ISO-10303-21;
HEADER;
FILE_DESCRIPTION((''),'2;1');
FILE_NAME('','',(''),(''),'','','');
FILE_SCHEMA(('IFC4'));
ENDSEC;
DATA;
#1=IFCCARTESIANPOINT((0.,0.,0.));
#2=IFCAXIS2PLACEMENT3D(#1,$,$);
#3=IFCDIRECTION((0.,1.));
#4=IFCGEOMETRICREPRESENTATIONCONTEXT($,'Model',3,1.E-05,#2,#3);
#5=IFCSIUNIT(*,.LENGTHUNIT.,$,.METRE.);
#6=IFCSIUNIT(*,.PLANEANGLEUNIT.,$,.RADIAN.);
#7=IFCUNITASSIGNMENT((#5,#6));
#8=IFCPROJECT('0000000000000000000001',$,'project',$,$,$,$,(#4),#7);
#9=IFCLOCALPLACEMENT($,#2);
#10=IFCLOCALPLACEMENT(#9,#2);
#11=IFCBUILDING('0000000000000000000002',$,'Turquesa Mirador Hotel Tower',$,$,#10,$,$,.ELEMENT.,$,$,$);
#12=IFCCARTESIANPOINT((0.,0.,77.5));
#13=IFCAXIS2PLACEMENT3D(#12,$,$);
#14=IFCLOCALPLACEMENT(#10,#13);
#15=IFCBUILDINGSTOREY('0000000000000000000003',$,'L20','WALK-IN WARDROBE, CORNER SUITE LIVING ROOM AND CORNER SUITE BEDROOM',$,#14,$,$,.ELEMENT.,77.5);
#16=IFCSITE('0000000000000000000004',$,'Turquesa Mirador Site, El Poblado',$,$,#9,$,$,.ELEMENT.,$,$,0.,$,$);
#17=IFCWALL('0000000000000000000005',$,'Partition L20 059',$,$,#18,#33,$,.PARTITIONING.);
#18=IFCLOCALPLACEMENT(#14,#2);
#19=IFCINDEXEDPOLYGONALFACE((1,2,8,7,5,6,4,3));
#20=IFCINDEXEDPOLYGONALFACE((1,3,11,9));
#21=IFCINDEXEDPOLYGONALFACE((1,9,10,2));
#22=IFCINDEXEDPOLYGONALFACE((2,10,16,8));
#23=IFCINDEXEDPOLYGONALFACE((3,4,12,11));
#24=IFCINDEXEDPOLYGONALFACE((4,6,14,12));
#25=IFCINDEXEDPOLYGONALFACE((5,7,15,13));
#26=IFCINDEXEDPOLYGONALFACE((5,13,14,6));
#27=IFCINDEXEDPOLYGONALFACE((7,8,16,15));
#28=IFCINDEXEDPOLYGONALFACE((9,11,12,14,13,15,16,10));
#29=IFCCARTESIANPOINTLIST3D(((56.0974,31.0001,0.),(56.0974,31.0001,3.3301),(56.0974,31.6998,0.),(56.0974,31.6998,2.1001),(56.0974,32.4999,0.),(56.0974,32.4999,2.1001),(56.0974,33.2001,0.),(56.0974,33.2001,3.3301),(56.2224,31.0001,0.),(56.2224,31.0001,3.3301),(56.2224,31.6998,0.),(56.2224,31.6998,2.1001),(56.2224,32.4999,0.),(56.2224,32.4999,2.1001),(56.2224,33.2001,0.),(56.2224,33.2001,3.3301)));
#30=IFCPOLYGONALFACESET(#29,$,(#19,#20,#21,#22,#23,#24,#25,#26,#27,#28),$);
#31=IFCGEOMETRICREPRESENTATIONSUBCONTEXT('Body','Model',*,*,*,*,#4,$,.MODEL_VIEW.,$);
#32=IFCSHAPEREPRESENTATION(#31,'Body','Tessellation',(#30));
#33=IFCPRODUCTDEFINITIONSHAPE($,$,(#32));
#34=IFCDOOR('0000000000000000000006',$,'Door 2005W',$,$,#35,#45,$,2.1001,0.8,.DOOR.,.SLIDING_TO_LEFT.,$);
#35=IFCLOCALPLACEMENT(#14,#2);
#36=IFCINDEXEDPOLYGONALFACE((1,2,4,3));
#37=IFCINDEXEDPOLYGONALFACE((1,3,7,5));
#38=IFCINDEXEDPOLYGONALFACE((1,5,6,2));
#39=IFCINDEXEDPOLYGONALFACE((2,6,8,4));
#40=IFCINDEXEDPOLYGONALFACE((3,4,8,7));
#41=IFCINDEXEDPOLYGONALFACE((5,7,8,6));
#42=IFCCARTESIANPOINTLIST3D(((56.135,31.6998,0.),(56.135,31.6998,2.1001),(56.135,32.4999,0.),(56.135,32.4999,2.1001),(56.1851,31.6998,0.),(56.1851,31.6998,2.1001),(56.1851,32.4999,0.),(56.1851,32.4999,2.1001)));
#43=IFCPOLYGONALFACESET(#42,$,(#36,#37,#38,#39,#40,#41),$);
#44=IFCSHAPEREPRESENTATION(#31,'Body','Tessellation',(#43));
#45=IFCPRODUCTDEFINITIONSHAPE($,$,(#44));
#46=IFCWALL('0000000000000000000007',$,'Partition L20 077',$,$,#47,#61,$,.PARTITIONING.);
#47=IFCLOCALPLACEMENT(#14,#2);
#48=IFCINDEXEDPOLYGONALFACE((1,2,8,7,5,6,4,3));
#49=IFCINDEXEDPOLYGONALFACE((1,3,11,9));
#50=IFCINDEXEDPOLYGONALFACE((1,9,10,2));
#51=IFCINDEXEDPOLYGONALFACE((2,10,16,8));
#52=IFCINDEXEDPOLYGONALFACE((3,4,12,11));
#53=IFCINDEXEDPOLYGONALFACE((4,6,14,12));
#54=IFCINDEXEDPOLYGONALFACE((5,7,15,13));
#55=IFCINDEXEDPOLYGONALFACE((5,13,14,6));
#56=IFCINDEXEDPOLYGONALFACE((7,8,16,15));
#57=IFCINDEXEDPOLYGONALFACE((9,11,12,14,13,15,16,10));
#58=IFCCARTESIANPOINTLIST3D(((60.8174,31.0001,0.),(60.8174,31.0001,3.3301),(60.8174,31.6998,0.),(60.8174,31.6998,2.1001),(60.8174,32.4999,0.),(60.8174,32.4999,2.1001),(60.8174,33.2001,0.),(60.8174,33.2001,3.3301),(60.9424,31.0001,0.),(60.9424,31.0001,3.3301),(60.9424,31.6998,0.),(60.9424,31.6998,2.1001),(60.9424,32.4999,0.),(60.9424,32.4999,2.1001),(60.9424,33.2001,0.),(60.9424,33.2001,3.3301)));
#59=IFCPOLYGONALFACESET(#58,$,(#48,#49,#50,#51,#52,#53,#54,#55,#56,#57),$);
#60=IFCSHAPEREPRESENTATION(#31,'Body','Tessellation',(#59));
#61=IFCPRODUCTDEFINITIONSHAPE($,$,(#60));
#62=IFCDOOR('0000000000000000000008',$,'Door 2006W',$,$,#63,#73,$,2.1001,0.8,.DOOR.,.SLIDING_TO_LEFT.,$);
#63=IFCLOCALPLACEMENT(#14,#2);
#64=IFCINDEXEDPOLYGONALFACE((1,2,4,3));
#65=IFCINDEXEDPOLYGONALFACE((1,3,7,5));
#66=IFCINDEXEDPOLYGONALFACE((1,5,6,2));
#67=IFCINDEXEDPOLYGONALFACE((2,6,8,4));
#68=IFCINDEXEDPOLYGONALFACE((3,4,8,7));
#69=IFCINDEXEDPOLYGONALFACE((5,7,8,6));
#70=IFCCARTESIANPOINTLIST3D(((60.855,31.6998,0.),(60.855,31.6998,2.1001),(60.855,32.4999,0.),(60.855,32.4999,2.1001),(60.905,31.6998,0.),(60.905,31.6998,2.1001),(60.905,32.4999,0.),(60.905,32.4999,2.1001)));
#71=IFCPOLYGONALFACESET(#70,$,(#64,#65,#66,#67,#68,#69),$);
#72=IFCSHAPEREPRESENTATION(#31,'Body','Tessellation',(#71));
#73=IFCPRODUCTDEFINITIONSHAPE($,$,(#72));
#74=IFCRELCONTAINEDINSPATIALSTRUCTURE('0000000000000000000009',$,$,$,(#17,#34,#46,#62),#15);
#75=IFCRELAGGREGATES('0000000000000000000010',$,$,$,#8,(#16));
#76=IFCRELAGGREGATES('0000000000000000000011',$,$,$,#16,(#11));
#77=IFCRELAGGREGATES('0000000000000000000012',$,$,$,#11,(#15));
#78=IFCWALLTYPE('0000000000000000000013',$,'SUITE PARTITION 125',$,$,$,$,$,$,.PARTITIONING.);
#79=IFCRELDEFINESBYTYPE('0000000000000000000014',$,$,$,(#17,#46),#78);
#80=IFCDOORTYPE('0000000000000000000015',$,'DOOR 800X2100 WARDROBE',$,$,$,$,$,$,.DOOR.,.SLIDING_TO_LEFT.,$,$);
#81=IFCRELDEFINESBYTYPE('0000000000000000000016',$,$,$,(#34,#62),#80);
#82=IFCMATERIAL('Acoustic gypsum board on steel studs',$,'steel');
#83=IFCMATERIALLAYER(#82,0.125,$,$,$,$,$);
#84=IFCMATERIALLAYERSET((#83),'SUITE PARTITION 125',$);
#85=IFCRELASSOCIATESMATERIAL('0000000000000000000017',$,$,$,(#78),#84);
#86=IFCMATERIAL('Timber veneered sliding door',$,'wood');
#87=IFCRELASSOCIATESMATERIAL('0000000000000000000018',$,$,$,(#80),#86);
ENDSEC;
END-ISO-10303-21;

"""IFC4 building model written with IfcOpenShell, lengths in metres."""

from ifc_helpers import new_model, si_unit, direction, frame, frame_2d, origin, place, context, subcontext, project, spatial, rectangle, extrude, material, layer, layer_set, type_object, element, fill, save


model = new_model("IFC4")

# Units and contexts
model_context = context("Model", 3, precision=1e-05, world=origin(), true_north=direction((0.0, 1.0)))
body_context = subcontext(model_context, "Body", "Model", "MODEL_VIEW")
ifc_project = project(units=[si_unit("LENGTHUNIT", "METRE"), si_unit("PLANEANGLEUNIT", "RADIAN")], contexts=[model_context])

# Site, building, storey
site_placement = place(None, origin())
site = spatial("IfcSite", under=ifc_project, at=site_placement, Name="Turquesa Mirador Site, El Poblado", CompositionType="ELEMENT", RefElevation=0.0)
building_placement = place(site_placement, origin())
building = spatial("IfcBuilding", under=site, at=building_placement, Name="Turquesa Mirador Hotel Tower", CompositionType="ELEMENT")
storey_placement = place(building_placement, frame((0.0, 0.0, 77.5)))
storey = spatial("IfcBuildingStorey", under=building, at=storey_placement, Name="L20", Description="WALK-IN WARDROBE, CORNER SUITE LIVING ROOM AND CORNER SUITE BEDROOM", CompositionType="ELEMENT", Elevation=77.5)

# Shared definitions
ifc_material_1 = material(Name="Acoustic gypsum board on steel studs", Category="steel")
ifc_layer_1 = layer(ifc_material_1, 0.125)
ifc_layer_set_1 = layer_set([ifc_layer_1], Name="SUITE PARTITION 125")
wall_type_1 = type_object("IfcWallType", Name="SUITE PARTITION 125", PredefinedType="PARTITIONING", material=ifc_layer_set_1)

# Walls, openings, doors
wall_1_placement = place(storey_placement, frame((56.1599, 31.0, 0.0), z_axis=(0.0, 0.0, 1.0), x_axis=(0.0, 1.0, 0.0)))
wall_1 = element("IfcWall", 1, at=wall_1_placement, inside=storey, type_object=wall_type_1, Name="Partition L20 059", PredefinedType="PARTITIONING", context=body_context, shape_type="SweptSolid", body=[
    extrude(rectangle(XDim=2.2, YDim=0.125, at=frame_2d((1.1001, 0.0))), origin(), (0.0, 0.0, 1.0), 3.3301),
])
opening_1_placement = place(wall_1_placement, frame((0.7, 0.0, 0.0)))
opening_1 = element("IfcOpeningElement", 2, at=opening_1_placement, cuts=wall_1, PredefinedType="OPENING", context=body_context, shape_type="SweptSolid", body=[
    extrude(rectangle(XDim=0.8, YDim=2.1001, at=frame_2d((0.3999, 1.05))), frame((0.0, 0.0725, 0.0), z_axis=(0.0, -1.0, 0.0), x_axis=(1.0, 0.0, 0.0)), (0.0, 0.0, 1.0), 0.145),
])
ifc_material_2 = material(Name="Timber veneered sliding door", Category="wood")
door_type_1 = type_object("IfcDoorType", Name="DOOR 800X2100 WARDROBE", OperationType="SLIDING_TO_LEFT", PredefinedType="DOOR", material=ifc_material_2)
door_1_placement = place(opening_1_placement, origin())
door_1 = element("IfcDoor", 3, at=door_1_placement, inside=storey, type_object=door_type_1, Name="Door 2005W", OperationType="SLIDING_TO_LEFT", OverallHeight=2.1001, OverallWidth=0.8, PredefinedType="DOOR", context=body_context, shape_type="SweptSolid", body=[
    extrude(rectangle(XDim=0.8, YDim=2.1001, at=frame_2d((0.3999, 1.05))), frame((0.0, 0.0249, 0.0), z_axis=(0.0, -1.0, 0.0), x_axis=(1.0, 0.0, 0.0)), (0.0, 0.0, 1.0), 0.05),
])
fill(opening_1, door_1)
wall_2_placement = place(storey_placement, frame((60.8799, 31.0, 0.0), z_axis=(0.0, 0.0, 1.0), x_axis=(0.0, 1.0, 0.0)))
wall_2 = element("IfcWall", 4, at=wall_2_placement, inside=storey, type_object=wall_type_1, Name="Partition L20 077", PredefinedType="PARTITIONING", context=body_context, shape_type="SweptSolid", body=[
    extrude(rectangle(XDim=2.2, YDim=0.125, at=frame_2d((1.1001, 0.0))), origin(), (0.0, 0.0, 1.0), 3.3301),
])
opening_2_placement = place(wall_2_placement, frame((0.7, 0.0, 0.0)))
opening_2 = element("IfcOpeningElement", 5, at=opening_2_placement, cuts=wall_2, PredefinedType="OPENING", context=body_context, shape_type="SweptSolid", body=[
    extrude(rectangle(XDim=0.8, YDim=2.1001, at=frame_2d((0.3999, 1.05))), frame((0.0, 0.0725, 0.0), z_axis=(0.0, -1.0, 0.0), x_axis=(1.0, 0.0, 0.0)), (0.0, 0.0, 1.0), 0.145),
])
door_2_placement = place(opening_2_placement, origin())
door_2 = element("IfcDoor", 6, at=door_2_placement, inside=storey, type_object=door_type_1, Name="Door 2006W", OperationType="SLIDING_TO_LEFT", OverallHeight=2.1001, OverallWidth=0.8, PredefinedType="DOOR", context=body_context, shape_type="SweptSolid", body=[
    extrude(rectangle(XDim=0.8, YDim=2.1001, at=frame_2d((0.3999, 1.05))), frame((0.0, 0.0249, 0.0), z_axis=(0.0, -1.0, 0.0), x_axis=(1.0, 0.0, 0.0)), (0.0, 0.0, 1.0), 0.05),
])
fill(opening_2, door_2)

save(model, "model.ifc")
